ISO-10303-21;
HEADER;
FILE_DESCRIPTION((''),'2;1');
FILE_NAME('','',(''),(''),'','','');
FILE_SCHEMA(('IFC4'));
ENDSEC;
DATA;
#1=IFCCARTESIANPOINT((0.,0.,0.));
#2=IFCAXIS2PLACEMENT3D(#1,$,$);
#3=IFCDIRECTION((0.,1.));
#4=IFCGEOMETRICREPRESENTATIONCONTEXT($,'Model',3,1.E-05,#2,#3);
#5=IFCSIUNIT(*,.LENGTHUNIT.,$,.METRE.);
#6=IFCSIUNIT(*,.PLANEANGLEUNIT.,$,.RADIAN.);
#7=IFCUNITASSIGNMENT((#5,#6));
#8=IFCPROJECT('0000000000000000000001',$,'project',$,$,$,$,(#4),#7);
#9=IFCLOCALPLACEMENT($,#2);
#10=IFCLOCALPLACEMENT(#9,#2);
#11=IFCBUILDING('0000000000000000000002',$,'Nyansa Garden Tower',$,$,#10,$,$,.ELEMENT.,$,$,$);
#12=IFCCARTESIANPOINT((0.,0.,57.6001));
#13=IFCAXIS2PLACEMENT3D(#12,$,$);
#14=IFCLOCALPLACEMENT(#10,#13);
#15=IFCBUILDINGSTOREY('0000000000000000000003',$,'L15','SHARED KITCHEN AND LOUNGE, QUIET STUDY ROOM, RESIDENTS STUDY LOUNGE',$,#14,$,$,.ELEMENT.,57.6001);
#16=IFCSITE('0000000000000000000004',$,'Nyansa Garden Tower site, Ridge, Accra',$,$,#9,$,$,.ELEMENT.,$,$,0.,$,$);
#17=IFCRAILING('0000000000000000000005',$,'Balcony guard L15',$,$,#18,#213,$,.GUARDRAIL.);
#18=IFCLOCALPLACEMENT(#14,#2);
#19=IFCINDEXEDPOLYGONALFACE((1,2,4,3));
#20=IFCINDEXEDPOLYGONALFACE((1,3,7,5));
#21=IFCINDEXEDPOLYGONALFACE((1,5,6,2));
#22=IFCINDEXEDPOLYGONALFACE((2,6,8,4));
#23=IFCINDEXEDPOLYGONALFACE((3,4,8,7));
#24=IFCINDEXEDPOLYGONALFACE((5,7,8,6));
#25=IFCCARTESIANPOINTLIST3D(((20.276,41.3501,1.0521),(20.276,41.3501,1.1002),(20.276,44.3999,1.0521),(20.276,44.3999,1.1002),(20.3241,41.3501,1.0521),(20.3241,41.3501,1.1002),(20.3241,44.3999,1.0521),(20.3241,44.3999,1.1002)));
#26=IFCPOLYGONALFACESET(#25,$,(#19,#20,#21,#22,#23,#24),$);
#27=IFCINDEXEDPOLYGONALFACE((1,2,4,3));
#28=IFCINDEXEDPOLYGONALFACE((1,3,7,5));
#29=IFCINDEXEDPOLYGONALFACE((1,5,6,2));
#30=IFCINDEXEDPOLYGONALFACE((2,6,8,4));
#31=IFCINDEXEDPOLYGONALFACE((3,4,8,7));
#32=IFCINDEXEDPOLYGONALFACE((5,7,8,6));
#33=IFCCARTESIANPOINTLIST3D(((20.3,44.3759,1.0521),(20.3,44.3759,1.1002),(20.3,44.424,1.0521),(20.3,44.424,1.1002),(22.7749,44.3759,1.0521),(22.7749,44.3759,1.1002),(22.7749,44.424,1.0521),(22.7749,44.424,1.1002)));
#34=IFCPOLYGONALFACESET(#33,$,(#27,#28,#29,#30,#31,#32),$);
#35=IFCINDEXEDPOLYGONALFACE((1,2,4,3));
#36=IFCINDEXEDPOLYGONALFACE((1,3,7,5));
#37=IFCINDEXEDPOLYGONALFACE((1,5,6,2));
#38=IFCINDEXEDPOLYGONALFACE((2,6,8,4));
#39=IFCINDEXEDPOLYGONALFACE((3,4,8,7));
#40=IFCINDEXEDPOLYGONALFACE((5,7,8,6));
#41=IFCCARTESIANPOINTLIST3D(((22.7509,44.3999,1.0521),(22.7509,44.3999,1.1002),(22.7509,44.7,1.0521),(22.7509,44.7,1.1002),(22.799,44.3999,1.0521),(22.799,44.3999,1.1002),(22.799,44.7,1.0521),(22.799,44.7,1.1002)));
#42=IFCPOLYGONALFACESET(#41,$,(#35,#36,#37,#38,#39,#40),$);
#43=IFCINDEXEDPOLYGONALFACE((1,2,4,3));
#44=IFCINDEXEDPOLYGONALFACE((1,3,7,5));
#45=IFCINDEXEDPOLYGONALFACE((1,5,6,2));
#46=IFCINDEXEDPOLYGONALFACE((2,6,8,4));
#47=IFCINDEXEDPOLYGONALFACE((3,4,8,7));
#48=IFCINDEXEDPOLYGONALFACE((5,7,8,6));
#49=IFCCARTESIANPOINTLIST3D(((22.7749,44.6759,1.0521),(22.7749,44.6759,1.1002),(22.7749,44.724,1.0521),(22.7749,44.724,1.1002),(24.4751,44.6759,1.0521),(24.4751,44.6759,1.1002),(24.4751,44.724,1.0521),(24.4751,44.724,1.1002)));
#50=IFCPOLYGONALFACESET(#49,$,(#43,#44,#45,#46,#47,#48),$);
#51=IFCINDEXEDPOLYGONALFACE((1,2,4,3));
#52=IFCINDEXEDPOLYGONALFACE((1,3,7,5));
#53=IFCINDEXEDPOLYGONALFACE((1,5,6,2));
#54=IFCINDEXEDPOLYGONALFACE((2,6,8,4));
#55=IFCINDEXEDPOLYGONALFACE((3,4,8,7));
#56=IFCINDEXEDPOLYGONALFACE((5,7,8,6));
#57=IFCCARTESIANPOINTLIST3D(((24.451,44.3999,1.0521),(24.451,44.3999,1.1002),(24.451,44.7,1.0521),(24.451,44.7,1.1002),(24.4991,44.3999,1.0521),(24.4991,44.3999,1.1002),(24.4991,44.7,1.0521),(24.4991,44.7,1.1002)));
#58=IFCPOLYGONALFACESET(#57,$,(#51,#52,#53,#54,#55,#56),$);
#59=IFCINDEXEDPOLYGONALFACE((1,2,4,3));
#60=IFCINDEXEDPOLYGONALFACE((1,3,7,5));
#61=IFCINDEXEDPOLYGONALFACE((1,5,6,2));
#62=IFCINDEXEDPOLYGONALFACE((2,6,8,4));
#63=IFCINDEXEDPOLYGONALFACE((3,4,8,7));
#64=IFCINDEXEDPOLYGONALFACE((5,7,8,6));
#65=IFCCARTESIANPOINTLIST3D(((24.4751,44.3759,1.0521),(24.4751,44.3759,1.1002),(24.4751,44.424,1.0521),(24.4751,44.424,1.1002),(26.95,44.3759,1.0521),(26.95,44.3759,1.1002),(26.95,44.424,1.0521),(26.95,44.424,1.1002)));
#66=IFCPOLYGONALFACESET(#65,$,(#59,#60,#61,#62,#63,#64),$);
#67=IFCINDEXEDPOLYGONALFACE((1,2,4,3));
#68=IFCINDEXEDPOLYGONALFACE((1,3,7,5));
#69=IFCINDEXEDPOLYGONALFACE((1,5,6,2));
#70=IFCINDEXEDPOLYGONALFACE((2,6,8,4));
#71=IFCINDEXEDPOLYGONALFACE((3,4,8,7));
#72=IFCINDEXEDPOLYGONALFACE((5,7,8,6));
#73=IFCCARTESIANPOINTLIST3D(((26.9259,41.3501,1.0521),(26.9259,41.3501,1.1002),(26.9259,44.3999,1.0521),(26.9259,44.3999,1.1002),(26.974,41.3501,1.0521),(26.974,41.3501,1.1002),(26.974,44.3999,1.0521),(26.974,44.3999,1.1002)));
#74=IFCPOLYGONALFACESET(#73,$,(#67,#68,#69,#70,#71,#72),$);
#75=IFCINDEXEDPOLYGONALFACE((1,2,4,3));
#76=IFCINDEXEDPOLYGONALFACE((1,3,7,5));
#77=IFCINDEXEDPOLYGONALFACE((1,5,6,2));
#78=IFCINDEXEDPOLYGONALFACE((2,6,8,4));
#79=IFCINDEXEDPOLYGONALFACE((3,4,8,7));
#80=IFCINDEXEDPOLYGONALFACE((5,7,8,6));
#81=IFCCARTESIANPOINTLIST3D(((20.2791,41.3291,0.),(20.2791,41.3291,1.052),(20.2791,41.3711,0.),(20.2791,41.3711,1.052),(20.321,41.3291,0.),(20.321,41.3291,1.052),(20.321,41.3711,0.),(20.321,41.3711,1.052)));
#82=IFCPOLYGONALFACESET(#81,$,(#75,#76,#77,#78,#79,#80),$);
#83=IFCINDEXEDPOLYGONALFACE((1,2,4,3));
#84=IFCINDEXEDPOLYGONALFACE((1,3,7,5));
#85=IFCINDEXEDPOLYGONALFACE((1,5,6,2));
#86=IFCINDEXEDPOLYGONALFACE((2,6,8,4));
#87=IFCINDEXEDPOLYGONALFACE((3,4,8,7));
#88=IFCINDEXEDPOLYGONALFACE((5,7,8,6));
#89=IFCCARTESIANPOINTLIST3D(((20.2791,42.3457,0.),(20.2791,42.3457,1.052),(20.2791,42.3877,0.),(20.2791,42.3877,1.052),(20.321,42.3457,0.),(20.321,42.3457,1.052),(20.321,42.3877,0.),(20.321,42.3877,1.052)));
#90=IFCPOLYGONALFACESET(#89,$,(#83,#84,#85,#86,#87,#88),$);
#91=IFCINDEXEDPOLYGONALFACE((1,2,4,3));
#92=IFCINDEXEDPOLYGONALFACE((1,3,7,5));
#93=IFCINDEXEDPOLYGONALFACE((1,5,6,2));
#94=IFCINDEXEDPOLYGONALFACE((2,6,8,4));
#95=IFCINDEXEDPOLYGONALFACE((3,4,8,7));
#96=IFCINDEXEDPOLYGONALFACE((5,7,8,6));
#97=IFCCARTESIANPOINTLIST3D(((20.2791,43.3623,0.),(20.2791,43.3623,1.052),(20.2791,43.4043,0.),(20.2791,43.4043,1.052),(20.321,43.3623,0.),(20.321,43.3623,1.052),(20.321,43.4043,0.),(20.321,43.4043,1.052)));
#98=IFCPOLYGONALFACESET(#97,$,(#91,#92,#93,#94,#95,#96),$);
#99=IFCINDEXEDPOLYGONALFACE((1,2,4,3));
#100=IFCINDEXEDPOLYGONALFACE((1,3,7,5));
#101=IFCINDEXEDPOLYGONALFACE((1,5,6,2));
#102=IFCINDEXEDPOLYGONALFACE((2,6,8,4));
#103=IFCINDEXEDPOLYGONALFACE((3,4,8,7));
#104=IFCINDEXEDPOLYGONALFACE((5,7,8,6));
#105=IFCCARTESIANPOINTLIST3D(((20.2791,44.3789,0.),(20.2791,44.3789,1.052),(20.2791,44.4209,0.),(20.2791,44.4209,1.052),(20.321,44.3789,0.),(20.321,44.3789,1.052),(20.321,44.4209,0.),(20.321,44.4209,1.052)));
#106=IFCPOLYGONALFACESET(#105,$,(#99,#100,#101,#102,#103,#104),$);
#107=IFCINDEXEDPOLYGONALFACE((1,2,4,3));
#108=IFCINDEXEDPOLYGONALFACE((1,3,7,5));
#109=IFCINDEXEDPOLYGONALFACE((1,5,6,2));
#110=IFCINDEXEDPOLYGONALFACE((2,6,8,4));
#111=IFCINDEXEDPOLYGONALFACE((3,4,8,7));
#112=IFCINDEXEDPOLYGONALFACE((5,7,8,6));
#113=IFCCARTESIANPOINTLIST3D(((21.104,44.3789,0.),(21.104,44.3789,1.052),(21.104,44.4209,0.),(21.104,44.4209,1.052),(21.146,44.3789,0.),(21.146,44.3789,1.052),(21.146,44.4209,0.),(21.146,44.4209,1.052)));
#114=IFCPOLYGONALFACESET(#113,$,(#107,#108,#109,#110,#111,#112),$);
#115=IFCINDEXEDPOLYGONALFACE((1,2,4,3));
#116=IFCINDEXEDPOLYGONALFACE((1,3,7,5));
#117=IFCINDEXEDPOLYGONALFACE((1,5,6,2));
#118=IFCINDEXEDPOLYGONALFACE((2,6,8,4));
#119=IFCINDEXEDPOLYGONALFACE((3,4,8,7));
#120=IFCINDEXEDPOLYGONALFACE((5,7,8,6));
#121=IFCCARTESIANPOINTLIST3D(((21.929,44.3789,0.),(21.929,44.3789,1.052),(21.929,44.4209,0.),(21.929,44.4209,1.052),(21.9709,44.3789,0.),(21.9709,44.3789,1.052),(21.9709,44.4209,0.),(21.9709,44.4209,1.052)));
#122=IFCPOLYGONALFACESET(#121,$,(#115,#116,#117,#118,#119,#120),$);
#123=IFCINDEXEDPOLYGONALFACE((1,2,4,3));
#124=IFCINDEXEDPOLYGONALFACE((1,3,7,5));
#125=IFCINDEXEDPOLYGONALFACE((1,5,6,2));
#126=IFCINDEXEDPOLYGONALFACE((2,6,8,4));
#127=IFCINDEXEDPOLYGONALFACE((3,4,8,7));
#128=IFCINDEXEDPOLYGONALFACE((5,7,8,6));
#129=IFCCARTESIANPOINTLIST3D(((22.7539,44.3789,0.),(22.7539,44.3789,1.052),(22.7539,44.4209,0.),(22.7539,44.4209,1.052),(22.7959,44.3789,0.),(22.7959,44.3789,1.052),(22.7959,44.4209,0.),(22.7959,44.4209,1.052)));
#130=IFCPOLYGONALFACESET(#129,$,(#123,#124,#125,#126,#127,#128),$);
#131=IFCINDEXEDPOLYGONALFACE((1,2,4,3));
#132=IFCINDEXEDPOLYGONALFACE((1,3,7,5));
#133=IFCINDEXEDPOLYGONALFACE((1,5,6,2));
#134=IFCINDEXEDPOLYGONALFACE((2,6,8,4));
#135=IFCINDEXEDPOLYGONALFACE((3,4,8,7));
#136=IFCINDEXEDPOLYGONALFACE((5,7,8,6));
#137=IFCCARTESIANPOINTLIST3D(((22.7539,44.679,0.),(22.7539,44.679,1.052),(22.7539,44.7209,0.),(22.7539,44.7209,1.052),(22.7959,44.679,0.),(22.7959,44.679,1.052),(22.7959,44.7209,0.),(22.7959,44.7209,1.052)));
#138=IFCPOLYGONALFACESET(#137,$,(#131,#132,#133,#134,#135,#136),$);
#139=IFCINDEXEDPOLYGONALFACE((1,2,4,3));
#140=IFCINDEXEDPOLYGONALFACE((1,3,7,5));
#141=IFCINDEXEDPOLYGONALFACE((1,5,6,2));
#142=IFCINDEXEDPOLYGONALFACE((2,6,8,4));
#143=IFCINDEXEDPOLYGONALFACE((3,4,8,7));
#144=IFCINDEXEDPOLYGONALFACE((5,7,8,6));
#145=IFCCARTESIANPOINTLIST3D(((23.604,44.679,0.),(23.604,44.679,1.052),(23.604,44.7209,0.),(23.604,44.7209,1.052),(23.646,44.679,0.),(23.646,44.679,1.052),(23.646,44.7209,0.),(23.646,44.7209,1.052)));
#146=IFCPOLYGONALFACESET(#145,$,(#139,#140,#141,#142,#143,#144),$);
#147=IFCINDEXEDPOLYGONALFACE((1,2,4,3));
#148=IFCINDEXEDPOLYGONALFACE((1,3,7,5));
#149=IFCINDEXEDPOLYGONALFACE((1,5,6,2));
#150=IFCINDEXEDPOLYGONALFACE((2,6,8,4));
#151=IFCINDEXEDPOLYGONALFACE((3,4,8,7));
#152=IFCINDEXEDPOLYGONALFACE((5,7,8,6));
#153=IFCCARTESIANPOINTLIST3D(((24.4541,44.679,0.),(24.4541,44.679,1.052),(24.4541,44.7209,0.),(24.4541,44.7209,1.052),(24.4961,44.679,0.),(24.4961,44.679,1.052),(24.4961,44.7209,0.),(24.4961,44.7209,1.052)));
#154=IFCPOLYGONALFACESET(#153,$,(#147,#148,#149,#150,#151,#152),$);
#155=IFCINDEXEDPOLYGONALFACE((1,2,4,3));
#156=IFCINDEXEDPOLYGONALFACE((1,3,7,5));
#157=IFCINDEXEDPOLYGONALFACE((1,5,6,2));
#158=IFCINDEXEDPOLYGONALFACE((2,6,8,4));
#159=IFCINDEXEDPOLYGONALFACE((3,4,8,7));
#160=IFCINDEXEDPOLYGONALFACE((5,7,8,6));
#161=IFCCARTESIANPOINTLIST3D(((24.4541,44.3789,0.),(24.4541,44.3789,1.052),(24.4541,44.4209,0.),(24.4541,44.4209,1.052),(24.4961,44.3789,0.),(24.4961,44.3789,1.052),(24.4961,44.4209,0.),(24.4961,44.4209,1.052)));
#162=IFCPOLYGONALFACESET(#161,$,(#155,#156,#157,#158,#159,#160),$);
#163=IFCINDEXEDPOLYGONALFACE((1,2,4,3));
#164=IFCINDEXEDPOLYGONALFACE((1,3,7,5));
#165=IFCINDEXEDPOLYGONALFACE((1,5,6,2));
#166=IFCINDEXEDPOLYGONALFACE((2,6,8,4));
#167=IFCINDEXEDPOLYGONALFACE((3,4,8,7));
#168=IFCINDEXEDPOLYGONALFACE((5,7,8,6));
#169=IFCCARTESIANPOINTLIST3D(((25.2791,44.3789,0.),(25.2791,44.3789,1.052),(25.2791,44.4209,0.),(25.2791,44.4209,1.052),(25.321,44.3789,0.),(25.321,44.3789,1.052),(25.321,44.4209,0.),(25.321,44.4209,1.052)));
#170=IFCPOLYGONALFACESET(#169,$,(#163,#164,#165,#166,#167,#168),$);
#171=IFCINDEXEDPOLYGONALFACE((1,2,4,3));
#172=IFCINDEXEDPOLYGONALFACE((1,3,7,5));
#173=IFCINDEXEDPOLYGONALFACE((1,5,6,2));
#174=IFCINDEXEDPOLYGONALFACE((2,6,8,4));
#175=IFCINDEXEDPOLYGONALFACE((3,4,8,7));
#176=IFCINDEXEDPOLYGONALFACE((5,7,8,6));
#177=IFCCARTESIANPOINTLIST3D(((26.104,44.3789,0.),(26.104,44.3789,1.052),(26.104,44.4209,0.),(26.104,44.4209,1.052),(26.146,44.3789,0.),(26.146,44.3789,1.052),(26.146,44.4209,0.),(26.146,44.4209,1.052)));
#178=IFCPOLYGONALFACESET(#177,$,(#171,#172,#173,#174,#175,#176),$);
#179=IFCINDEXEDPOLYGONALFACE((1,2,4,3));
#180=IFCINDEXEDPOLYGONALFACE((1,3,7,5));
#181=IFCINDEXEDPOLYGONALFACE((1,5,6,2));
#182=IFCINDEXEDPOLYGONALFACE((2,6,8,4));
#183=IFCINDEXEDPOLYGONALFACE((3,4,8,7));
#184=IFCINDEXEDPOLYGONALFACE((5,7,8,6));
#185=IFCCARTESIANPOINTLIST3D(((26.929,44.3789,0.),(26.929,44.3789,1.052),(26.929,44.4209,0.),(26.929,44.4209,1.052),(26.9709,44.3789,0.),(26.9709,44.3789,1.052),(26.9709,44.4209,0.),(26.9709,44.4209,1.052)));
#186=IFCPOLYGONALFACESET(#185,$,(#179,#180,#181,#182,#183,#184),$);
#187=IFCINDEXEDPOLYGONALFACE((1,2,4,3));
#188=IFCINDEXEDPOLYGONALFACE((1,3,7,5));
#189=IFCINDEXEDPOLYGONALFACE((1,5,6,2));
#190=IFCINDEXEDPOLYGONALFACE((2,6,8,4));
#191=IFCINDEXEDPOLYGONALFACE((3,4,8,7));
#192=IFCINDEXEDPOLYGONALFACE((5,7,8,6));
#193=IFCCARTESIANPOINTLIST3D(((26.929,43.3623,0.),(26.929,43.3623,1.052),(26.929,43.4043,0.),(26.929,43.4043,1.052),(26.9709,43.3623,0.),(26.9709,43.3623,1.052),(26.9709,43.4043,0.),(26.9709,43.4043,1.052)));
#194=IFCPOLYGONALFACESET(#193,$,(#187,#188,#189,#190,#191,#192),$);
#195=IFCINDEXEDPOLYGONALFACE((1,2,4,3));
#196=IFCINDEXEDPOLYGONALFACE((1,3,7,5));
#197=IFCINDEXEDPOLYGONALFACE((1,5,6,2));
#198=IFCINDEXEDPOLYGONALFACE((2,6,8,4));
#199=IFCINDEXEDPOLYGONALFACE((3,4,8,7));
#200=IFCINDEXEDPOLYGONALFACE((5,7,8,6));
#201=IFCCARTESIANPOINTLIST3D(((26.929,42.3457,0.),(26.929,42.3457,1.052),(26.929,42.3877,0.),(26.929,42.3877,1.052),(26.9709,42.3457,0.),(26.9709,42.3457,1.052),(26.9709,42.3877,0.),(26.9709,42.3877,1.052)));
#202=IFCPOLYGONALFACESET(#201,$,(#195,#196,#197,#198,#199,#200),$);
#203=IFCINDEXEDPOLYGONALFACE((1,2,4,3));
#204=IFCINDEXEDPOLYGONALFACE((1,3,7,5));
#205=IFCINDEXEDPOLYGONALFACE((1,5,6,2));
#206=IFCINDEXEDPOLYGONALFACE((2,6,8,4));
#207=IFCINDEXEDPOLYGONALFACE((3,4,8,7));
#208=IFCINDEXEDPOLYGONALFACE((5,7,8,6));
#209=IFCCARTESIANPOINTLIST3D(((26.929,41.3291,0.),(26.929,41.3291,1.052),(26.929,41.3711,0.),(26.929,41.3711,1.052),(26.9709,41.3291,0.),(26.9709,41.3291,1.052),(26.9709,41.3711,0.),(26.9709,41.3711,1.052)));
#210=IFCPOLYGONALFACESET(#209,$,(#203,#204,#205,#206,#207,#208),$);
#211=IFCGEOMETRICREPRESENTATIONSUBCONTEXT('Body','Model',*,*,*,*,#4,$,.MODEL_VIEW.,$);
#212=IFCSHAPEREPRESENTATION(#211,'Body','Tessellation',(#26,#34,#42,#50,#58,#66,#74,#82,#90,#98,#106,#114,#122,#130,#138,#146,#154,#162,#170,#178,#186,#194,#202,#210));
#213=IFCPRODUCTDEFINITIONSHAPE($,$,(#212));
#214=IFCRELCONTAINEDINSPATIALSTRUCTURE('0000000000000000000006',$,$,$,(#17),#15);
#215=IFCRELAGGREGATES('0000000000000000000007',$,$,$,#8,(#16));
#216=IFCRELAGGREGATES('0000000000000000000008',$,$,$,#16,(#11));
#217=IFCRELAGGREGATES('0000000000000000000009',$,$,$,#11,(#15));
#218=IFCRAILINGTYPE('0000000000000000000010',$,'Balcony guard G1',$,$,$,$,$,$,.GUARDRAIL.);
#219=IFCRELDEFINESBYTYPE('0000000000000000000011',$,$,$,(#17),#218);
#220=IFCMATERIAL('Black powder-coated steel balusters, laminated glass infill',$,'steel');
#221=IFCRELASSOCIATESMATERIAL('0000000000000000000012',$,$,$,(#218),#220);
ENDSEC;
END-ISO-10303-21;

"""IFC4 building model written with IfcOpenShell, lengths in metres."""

from ifc_helpers import new_model, si_unit, direction, frame, origin, origin_2d, place, context, subcontext, project, spatial, rectangle, extrude, material, type_object, element, save


model = new_model("IFC4")

# Units and contexts
model_context = context("Model", 3, precision=1e-05, world=origin(), true_north=direction((0.0, 1.0)))
body_context = subcontext(model_context, "Body", "Model", "MODEL_VIEW")
ifc_project = project(units=[si_unit("LENGTHUNIT", "METRE"), si_unit("PLANEANGLEUNIT", "RADIAN")], contexts=[model_context])

# Site, building, storey
site_placement = place(None, origin())
site = spatial("IfcSite", under=ifc_project, at=site_placement, Name="Nyansa Garden Tower site, Ridge, Accra", CompositionType="ELEMENT", RefElevation=0.0)
building_placement = place(site_placement, origin())
building = spatial("IfcBuilding", under=site, at=building_placement, Name="Nyansa Garden Tower", CompositionType="ELEMENT")
storey_placement = place(building_placement, frame((0.0, 0.0, 57.6001)))
storey = spatial("IfcBuildingStorey", under=building, at=storey_placement, Name="L15", Description="SHARED KITCHEN AND LOUNGE, QUIET STUDY ROOM, RESIDENTS STUDY LOUNGE", CompositionType="ELEMENT", Elevation=57.6001)

# Railing
ifc_material_1 = material(Name="Black powder-coated steel balusters, laminated glass infill", Category="steel")
railing_type = type_object("IfcRailingType", Name="Balcony guard G1", PredefinedType="GUARDRAIL", material=ifc_material_1)
railing_placement = place(storey_placement, frame((20.3, 41.3501, 0.0)))
element("IfcRailing", 1, at=railing_placement, inside=storey, type_object=railing_type, Name="Balcony guard L15", PredefinedType="GUARDRAIL", context=body_context, shape_type="SweptSolid", body=[
    extrude(rectangle(XDim=0.0481, YDim=0.0481, at=origin_2d()), frame((0.0, 0.0, 1.0762), z_axis=(0.0, 1.0, 0.0), x_axis=(-1.0, 0.0, 0.0)), (0.0, 0.0, 1.0), 3.0498),
    extrude(rectangle(XDim=0.0481, YDim=0.0481, at=origin_2d()), frame((0.0, 3.0498, 1.0762), z_axis=(1.0, 0.0, 0.0), x_axis=(0.0, 1.0, 0.0)), (0.0, 0.0, 1.0), 2.4749),
    extrude(rectangle(XDim=0.0481, YDim=0.0481, at=origin_2d()), frame((2.4749, 3.0498, 1.0762), z_axis=(0.0, 1.0, 0.0), x_axis=(-1.0, 0.0, 0.0)), (0.0, 0.0, 1.0), 0.3),
    extrude(rectangle(XDim=0.0481, YDim=0.0481, at=origin_2d()), frame((2.4749, 3.3499, 1.0762), z_axis=(1.0, 0.0, 0.0), x_axis=(0.0, 1.0, 0.0)), (0.0, 0.0, 1.0), 1.7002),
    extrude(rectangle(XDim=0.0481, YDim=0.0481, at=origin_2d()), frame((4.175, 3.3499, 1.0762), z_axis=(0.0, -1.0, 0.0), x_axis=(1.0, 0.0, 0.0)), (0.0, 0.0, 1.0), 0.3),
    extrude(rectangle(XDim=0.0481, YDim=0.0481, at=origin_2d()), frame((4.175, 3.0498, 1.0762), z_axis=(1.0, 0.0, 0.0), x_axis=(0.0, 1.0, 0.0)), (0.0, 0.0, 1.0), 2.4749),
    extrude(rectangle(XDim=0.0481, YDim=0.0481, at=origin_2d()), frame((6.6499, 3.0498, 1.0762), z_axis=(0.0, -1.0, 0.0), x_axis=(1.0, 0.0, 0.0)), (0.0, 0.0, 1.0), 3.0498),
    extrude(rectangle(XDim=0.042, YDim=0.042, at=origin_2d()), origin(), (0.0, 0.0, 1.0), 1.052),
    extrude(rectangle(XDim=0.042, YDim=0.042, at=origin_2d()), frame((0.0, 1.0166, 0.0)), (0.0, 0.0, 1.0), 1.052),
    extrude(rectangle(XDim=0.042, YDim=0.042, at=origin_2d()), frame((0.0, 2.0332, 0.0)), (0.0, 0.0, 1.0), 1.052),
    extrude(rectangle(XDim=0.042, YDim=0.042, at=origin_2d()), frame((0.0, 3.0498, 0.0)), (0.0, 0.0, 1.0), 1.052),
    extrude(rectangle(XDim=0.042, YDim=0.042, at=origin_2d()), frame((0.825, 3.0498, 0.0)), (0.0, 0.0, 1.0), 1.052),
    extrude(rectangle(XDim=0.042, YDim=0.042, at=origin_2d()), frame((1.6499, 3.0498, 0.0)), (0.0, 0.0, 1.0), 1.052),
    extrude(rectangle(XDim=0.042, YDim=0.042, at=origin_2d()), frame((2.4749, 3.0498, 0.0)), (0.0, 0.0, 1.0), 1.052),
    extrude(rectangle(XDim=0.042, YDim=0.042, at=origin_2d()), frame((2.4749, 3.3499, 0.0)), (0.0, 0.0, 1.0), 1.052),
    extrude(rectangle(XDim=0.042, YDim=0.042, at=origin_2d()), frame((3.325, 3.3499, 0.0)), (0.0, 0.0, 1.0), 1.052),
    extrude(rectangle(XDim=0.042, YDim=0.042, at=origin_2d()), frame((4.175, 3.3499, 0.0)), (0.0, 0.0, 1.0), 1.052),
    extrude(rectangle(XDim=0.042, YDim=0.042, at=origin_2d()), frame((4.175, 3.0498, 0.0)), (0.0, 0.0, 1.0), 1.052),
    extrude(rectangle(XDim=0.042, YDim=0.042, at=origin_2d()), frame((5.0, 3.0498, 0.0)), (0.0, 0.0, 1.0), 1.052),
    extrude(rectangle(XDim=0.042, YDim=0.042, at=origin_2d()), frame((5.825, 3.0498, 0.0)), (0.0, 0.0, 1.0), 1.052),
    extrude(rectangle(XDim=0.042, YDim=0.042, at=origin_2d()), frame((6.6499, 3.0498, 0.0)), (0.0, 0.0, 1.0), 1.052),
    extrude(rectangle(XDim=0.042, YDim=0.042, at=origin_2d()), frame((6.6499, 2.0332, 0.0)), (0.0, 0.0, 1.0), 1.052),
    extrude(rectangle(XDim=0.042, YDim=0.042, at=origin_2d()), frame((6.6499, 1.0166, 0.0)), (0.0, 0.0, 1.0), 1.052),
    extrude(rectangle(XDim=0.042, YDim=0.042, at=origin_2d()), frame((6.6499, 0.0, 0.0)), (0.0, 0.0, 1.0), 1.052),
])

save(model, "model.ifc")
